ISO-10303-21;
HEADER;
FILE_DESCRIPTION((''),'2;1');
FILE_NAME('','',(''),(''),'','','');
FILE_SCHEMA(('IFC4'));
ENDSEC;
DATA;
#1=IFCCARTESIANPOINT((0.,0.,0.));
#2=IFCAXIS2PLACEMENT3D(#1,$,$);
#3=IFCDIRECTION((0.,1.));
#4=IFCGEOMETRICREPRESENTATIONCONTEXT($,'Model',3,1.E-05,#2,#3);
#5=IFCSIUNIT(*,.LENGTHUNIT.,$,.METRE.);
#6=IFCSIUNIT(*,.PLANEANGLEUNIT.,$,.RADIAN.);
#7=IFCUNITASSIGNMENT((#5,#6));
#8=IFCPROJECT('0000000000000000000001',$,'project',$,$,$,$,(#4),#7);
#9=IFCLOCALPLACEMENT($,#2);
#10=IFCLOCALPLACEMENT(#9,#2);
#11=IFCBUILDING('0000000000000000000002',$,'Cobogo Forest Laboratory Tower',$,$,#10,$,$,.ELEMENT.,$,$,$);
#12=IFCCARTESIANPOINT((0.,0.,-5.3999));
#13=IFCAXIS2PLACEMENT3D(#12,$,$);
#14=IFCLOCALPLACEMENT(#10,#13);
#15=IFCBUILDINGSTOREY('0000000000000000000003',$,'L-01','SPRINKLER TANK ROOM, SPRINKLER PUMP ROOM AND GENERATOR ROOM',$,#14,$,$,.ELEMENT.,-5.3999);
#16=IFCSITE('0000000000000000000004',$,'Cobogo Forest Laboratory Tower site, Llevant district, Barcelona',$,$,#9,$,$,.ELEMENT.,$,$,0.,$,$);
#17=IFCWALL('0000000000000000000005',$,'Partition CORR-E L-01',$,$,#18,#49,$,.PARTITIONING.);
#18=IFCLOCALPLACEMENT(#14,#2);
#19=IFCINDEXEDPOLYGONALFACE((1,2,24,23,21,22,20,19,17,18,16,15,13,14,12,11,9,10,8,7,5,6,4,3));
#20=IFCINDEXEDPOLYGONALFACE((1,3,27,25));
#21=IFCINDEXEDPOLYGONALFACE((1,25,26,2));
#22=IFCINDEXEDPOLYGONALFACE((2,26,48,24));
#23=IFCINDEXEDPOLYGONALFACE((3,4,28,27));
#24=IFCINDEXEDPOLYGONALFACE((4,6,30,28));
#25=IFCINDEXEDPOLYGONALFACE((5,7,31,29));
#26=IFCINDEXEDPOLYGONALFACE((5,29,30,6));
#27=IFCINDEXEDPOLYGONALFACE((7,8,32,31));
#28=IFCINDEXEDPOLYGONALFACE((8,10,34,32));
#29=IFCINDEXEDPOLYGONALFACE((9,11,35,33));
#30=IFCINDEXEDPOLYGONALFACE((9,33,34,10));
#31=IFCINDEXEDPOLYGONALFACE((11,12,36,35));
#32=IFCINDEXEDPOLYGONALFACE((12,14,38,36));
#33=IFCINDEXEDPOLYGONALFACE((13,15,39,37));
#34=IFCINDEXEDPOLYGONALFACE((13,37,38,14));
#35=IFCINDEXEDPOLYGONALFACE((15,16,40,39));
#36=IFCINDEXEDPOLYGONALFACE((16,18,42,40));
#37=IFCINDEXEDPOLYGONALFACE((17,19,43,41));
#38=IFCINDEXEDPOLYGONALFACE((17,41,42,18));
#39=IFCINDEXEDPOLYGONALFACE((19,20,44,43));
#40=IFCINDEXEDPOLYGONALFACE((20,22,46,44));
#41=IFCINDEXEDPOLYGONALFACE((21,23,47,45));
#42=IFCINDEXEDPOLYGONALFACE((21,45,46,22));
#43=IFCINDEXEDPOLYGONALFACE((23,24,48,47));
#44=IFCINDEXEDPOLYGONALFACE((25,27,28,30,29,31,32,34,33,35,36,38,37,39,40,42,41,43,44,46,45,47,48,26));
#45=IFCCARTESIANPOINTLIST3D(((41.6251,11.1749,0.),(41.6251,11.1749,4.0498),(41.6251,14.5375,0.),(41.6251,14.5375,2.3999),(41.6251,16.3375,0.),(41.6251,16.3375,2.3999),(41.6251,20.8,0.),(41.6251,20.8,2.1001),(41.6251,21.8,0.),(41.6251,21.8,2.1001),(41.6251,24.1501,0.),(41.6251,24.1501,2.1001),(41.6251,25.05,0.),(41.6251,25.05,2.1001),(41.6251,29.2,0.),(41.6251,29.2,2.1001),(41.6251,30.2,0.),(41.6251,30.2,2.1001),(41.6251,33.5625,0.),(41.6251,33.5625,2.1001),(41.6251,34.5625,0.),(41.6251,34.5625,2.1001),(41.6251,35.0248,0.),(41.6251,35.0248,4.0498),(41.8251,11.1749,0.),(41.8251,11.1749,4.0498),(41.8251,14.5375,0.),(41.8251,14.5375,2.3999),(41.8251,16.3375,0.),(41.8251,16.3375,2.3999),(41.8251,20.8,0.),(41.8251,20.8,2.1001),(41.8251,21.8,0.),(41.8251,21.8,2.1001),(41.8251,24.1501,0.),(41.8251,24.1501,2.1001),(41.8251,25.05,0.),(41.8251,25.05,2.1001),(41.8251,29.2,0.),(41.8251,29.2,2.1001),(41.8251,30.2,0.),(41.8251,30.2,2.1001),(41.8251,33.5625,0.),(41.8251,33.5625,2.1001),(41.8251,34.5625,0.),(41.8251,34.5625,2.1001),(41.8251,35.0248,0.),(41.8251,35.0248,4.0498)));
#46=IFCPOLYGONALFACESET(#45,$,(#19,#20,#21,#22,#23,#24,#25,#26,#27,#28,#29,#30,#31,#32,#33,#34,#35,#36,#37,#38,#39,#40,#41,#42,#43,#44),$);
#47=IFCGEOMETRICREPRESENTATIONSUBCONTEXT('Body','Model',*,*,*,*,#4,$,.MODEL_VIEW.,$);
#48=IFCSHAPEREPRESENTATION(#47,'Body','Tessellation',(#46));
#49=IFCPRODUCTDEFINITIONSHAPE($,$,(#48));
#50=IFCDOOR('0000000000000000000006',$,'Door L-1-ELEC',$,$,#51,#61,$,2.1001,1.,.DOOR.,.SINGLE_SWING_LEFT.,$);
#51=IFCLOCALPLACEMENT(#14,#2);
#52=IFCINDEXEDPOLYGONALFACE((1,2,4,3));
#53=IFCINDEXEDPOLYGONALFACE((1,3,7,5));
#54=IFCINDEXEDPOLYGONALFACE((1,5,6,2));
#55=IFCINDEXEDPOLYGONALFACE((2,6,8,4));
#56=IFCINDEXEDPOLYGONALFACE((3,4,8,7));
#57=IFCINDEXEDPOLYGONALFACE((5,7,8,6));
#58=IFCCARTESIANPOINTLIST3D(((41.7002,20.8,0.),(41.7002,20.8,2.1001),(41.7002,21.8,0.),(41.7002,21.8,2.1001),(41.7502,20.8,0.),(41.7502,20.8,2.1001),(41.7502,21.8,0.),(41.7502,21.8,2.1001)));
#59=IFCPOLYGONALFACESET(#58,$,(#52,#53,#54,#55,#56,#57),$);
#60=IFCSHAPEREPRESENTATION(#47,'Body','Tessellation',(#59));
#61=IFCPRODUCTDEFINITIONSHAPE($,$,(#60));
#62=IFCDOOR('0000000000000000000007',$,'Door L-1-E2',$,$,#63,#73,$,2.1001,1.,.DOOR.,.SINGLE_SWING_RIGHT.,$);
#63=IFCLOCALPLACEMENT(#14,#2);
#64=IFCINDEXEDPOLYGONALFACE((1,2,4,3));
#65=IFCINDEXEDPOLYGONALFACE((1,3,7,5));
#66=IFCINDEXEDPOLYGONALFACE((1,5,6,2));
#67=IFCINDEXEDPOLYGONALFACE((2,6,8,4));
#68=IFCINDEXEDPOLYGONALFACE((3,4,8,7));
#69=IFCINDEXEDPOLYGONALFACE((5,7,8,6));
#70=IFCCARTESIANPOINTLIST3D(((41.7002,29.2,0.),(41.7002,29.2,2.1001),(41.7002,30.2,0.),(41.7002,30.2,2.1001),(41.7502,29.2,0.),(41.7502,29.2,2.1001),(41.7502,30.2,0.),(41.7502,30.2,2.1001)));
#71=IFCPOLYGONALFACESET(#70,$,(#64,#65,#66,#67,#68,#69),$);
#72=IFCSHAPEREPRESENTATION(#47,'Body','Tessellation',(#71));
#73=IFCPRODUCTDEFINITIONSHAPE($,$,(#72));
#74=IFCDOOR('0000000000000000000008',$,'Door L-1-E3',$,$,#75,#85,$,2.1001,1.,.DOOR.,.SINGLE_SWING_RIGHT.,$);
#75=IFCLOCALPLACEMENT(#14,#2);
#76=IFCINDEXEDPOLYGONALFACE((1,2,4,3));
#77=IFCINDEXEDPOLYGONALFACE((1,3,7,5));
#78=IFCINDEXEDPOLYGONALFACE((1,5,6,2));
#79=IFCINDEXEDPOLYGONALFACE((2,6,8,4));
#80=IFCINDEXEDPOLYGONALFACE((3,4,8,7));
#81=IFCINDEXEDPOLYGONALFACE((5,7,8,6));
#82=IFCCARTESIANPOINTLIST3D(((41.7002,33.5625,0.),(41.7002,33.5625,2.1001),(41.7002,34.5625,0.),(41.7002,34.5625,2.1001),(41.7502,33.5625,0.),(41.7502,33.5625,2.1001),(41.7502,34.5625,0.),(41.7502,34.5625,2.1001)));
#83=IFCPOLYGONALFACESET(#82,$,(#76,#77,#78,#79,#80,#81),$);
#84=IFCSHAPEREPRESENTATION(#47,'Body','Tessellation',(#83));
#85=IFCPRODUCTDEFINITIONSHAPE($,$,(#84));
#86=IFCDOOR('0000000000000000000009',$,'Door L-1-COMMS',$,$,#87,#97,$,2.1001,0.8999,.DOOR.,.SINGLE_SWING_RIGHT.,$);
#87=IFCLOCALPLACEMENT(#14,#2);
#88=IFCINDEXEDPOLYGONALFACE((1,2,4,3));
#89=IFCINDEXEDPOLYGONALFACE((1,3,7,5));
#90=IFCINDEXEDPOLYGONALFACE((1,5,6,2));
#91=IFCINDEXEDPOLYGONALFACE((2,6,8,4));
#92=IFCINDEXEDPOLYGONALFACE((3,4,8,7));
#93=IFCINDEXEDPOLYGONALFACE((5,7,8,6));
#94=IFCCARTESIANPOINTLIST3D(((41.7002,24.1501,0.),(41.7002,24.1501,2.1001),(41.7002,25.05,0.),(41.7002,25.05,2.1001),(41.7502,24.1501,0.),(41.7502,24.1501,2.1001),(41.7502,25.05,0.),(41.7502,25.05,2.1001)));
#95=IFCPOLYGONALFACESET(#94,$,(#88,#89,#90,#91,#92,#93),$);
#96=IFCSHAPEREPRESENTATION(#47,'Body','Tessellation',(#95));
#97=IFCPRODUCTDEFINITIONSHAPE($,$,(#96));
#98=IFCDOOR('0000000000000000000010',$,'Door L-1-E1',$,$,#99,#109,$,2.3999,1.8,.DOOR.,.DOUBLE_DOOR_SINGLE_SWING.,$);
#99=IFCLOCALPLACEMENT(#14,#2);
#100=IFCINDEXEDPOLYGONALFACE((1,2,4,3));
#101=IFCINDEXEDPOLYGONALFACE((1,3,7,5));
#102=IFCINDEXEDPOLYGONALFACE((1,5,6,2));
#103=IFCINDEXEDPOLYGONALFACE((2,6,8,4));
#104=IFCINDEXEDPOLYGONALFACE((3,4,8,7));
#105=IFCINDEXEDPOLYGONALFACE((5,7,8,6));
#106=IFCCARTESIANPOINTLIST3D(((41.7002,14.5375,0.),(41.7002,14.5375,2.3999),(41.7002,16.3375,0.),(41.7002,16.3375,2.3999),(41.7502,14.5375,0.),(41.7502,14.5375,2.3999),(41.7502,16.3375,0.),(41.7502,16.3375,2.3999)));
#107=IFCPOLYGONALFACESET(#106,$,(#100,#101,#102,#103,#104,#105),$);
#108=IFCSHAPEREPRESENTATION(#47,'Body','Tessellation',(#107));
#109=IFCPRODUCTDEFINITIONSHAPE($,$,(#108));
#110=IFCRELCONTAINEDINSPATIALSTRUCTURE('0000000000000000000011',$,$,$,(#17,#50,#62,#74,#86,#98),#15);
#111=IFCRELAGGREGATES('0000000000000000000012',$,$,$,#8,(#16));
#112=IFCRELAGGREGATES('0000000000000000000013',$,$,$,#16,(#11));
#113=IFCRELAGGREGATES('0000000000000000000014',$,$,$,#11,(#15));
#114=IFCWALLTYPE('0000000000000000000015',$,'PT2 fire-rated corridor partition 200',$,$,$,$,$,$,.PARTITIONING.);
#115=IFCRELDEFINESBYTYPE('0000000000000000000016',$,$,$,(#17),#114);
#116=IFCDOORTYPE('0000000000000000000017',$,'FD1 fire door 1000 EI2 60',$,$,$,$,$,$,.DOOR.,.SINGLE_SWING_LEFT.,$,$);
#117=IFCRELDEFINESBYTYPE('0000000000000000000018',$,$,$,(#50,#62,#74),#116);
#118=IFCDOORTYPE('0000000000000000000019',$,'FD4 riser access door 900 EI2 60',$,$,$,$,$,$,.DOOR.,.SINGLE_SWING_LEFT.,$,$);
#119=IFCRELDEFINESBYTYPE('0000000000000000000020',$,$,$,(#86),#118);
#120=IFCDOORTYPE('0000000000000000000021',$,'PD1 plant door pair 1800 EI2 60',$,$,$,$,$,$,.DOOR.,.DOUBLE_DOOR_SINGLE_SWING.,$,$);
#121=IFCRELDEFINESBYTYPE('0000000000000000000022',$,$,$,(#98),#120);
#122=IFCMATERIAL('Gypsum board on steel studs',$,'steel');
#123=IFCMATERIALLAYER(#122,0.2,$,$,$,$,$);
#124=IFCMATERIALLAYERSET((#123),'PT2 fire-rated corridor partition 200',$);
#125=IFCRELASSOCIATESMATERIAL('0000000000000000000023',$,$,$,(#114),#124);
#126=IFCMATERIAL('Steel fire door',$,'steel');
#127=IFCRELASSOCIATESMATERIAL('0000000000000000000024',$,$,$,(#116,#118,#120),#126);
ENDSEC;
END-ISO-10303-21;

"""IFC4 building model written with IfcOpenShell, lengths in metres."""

from ifc_helpers import new_model, si_unit, direction, frame, frame_2d, origin, place, context, subcontext, project, spatial, rectangle, extrude, material, layer, layer_set, type_object, element, fill, save


model = new_model("IFC4")

# Units and contexts
model_context = context("Model", 3, precision=1e-05, world=origin(), true_north=direction((0.0, 1.0)))
body_context = subcontext(model_context, "Body", "Model", "MODEL_VIEW")
ifc_project = project(units=[si_unit("LENGTHUNIT", "METRE"), si_unit("PLANEANGLEUNIT", "RADIAN")], contexts=[model_context])

# Site, building, storey
site_placement = place(None, origin())
site = spatial("IfcSite", under=ifc_project, at=site_placement, Name="Cobogo Forest Laboratory Tower site, Llevant district, Barcelona", CompositionType="ELEMENT", RefElevation=0.0)
building_placement = place(site_placement, origin())
building = spatial("IfcBuilding", under=site, at=building_placement, Name="Cobogo Forest Laboratory Tower", CompositionType="ELEMENT")
storey_placement = place(building_placement, frame((0.0, 0.0, -5.3999)))
storey = spatial("IfcBuildingStorey", under=building, at=storey_placement, Name="L-01", Description="SPRINKLER TANK ROOM, SPRINKLER PUMP ROOM AND GENERATOR ROOM", CompositionType="ELEMENT", Elevation=-5.3999)

# Shared definitions
ifc_material_1 = material(Name="Gypsum board on steel studs", Category="steel")

# Wall, openings, doors
ifc_layer_1 = layer(ifc_material_1, 0.2)
ifc_layer_set_1 = layer_set([ifc_layer_1], Name="PT2 fire-rated corridor partition 200")
wall_type_1 = type_object("IfcWallType", Name="PT2 fire-rated corridor partition 200", PredefinedType="PARTITIONING", material=ifc_layer_set_1)
wall_1_placement = place(storey_placement, frame((41.7251, 11.175, 0.0), z_axis=(0.0, 0.0, 1.0), x_axis=(0.0, 1.0, 0.0)))
wall_1 = element("IfcWall", 1, at=wall_1_placement, inside=storey, type_object=wall_type_1, Name="Partition CORR-E L-01", PredefinedType="PARTITIONING", context=body_context, shape_type="SweptSolid", body=[
    extrude(rectangle(XDim=23.8499, YDim=0.2, at=frame_2d((11.9248, 0.0))), origin(), (0.0, 0.0, 1.0), 4.0498),
])
opening_1_placement = place(wall_1_placement, frame((3.3625, 0.0, 0.0)))
opening_1 = element("IfcOpeningElement", 2, at=opening_1_placement, cuts=wall_1, PredefinedType="OPENING", context=body_context, shape_type="SweptSolid", body=[
    extrude(rectangle(XDim=1.8, YDim=2.3999, at=frame_2d((0.8999, 1.2))), frame((0.0, 0.1099, 0.0), z_axis=(0.0, -1.0, 0.0), x_axis=(1.0, 0.0, 0.0)), (0.0, 0.0, 1.0), 0.22),
])
opening_2_placement = place(wall_1_placement, frame((9.625, 0.0, 0.0)))
opening_2 = element("IfcOpeningElement", 3, at=opening_2_placement, cuts=wall_1, PredefinedType="OPENING", context=body_context, shape_type="SweptSolid", body=[
    extrude(rectangle(XDim=1.0, YDim=2.1001, at=frame_2d((0.5, 1.05))), frame((0.0, 0.1099, 0.0), z_axis=(0.0, -1.0, 0.0), x_axis=(1.0, 0.0, 0.0)), (0.0, 0.0, 1.0), 0.22),
])
opening_3_placement = place(wall_1_placement, frame((12.9751, 0.0, 0.0)))
opening_3 = element("IfcOpeningElement", 4, at=opening_3_placement, cuts=wall_1, PredefinedType="OPENING", context=body_context, shape_type="SweptSolid", body=[
    extrude(rectangle(XDim=0.8999, YDim=2.1001, at=frame_2d((0.45, 1.05))), frame((0.0, 0.1099, 0.0), z_axis=(0.0, -1.0, 0.0), x_axis=(1.0, 0.0, 0.0)), (0.0, 0.0, 1.0), 0.22),
])
opening_4_placement = place(wall_1_placement, frame((18.0249, 0.0, 0.0)))
opening_4 = element("IfcOpeningElement", 5, at=opening_4_placement, cuts=wall_1, PredefinedType="OPENING", context=body_context, shape_type="SweptSolid", body=[
    extrude(rectangle(XDim=1.0, YDim=2.1001, at=frame_2d((0.5, 1.05))), frame((0.0, 0.1099, 0.0), z_axis=(0.0, -1.0, 0.0), x_axis=(1.0, 0.0, 0.0)), (0.0, 0.0, 1.0), 0.22),
])
opening_5_placement = place(wall_1_placement, frame((22.3875, 0.0, 0.0)))
opening_5 = element("IfcOpeningElement", 6, at=opening_5_placement, cuts=wall_1, PredefinedType="OPENING", context=body_context, shape_type="SweptSolid", body=[
    extrude(rectangle(XDim=1.0, YDim=2.1001, at=frame_2d((0.5, 1.05))), frame((0.0, 0.1099, 0.0), z_axis=(0.0, -1.0, 0.0), x_axis=(1.0, 0.0, 0.0)), (0.0, 0.0, 1.0), 0.22),
])
ifc_material_2 = material(Name="Steel fire door", Category="steel")
door_type_1 = type_object("IfcDoorType", Name="FD1 fire door 1000 EI2 60", OperationType="SINGLE_SWING_LEFT", PredefinedType="DOOR", material=ifc_material_2)
door_1_placement = place(opening_2_placement, origin())
door_1 = element("IfcDoor", 7, at=door_1_placement, inside=storey, type_object=door_type_1, Name="Door L-1-ELEC", OperationType="SINGLE_SWING_LEFT", OverallHeight=2.1001, OverallWidth=1.0, PredefinedType="DOOR", context=body_context, shape_type="SweptSolid", body=[
    extrude(rectangle(XDim=1.0, YDim=2.1001, at=frame_2d((0.5, 1.05))), frame((0.0, 0.0249, 0.0), z_axis=(0.0, -1.0, 0.0), x_axis=(1.0, 0.0, 0.0)), (0.0, 0.0, 1.0), 0.05),
])
fill(opening_2, door_1)
door_2_placement = place(opening_4_placement, origin())
door_2 = element("IfcDoor", 8, at=door_2_placement, inside=storey, type_object=door_type_1, Name="Door L-1-E2", OperationType="SINGLE_SWING_RIGHT", OverallHeight=2.1001, OverallWidth=1.0, PredefinedType="DOOR", context=body_context, shape_type="SweptSolid", body=[
    extrude(rectangle(XDim=1.0, YDim=2.1001, at=frame_2d((0.5, 1.05))), frame((0.0, 0.0249, 0.0), z_axis=(0.0, -1.0, 0.0), x_axis=(1.0, 0.0, 0.0)), (0.0, 0.0, 1.0), 0.05),
])
fill(opening_4, door_2)
door_3_placement = place(opening_5_placement, origin())
door_3 = element("IfcDoor", 9, at=door_3_placement, inside=storey, type_object=door_type_1, Name="Door L-1-E3", OperationType="SINGLE_SWING_RIGHT", OverallHeight=2.1001, OverallWidth=1.0, PredefinedType="DOOR", context=body_context, shape_type="SweptSolid", body=[
    extrude(rectangle(XDim=1.0, YDim=2.1001, at=frame_2d((0.5, 1.05))), frame((0.0, 0.0249, 0.0), z_axis=(0.0, -1.0, 0.0), x_axis=(1.0, 0.0, 0.0)), (0.0, 0.0, 1.0), 0.05),
])
fill(opening_5, door_3)
door_type_2 = type_object("IfcDoorType", Name="FD4 riser access door 900 EI2 60", OperationType="SINGLE_SWING_LEFT", PredefinedType="DOOR", material=ifc_material_2)
door_4_placement = place(opening_3_placement, origin())
door_4 = element("IfcDoor", 10, at=door_4_placement, inside=storey, type_object=door_type_2, Name="Door L-1-COMMS", OperationType="SINGLE_SWING_RIGHT", OverallHeight=2.1001, OverallWidth=0.8999, PredefinedType="DOOR", context=body_context, shape_type="SweptSolid", body=[
    extrude(rectangle(XDim=0.8999, YDim=2.1001, at=frame_2d((0.45, 1.05))), frame((0.0, 0.0249, 0.0), z_axis=(0.0, -1.0, 0.0), x_axis=(1.0, 0.0, 0.0)), (0.0, 0.0, 1.0), 0.05),
])
fill(opening_3, door_4)
door_type_3 = type_object("IfcDoorType", Name="PD1 plant door pair 1800 EI2 60", OperationType="DOUBLE_DOOR_SINGLE_SWING", PredefinedType="DOOR", material=ifc_material_2)
door_5_placement = place(opening_1_placement, origin())
door_5 = element("IfcDoor", 11, at=door_5_placement, inside=storey, type_object=door_type_3, Name="Door L-1-E1", OperationType="DOUBLE_DOOR_SINGLE_SWING", OverallHeight=2.3999, OverallWidth=1.8, PredefinedType="DOOR", context=body_context, shape_type="SweptSolid", body=[
    extrude(rectangle(XDim=1.8, YDim=2.3999, at=frame_2d((0.8999, 1.2))), frame((0.0, 0.0249, 0.0), z_axis=(0.0, -1.0, 0.0), x_axis=(1.0, 0.0, 0.0)), (0.0, 0.0, 1.0), 0.05),
])
fill(opening_1, door_5)

save(model, "model.ifc")
